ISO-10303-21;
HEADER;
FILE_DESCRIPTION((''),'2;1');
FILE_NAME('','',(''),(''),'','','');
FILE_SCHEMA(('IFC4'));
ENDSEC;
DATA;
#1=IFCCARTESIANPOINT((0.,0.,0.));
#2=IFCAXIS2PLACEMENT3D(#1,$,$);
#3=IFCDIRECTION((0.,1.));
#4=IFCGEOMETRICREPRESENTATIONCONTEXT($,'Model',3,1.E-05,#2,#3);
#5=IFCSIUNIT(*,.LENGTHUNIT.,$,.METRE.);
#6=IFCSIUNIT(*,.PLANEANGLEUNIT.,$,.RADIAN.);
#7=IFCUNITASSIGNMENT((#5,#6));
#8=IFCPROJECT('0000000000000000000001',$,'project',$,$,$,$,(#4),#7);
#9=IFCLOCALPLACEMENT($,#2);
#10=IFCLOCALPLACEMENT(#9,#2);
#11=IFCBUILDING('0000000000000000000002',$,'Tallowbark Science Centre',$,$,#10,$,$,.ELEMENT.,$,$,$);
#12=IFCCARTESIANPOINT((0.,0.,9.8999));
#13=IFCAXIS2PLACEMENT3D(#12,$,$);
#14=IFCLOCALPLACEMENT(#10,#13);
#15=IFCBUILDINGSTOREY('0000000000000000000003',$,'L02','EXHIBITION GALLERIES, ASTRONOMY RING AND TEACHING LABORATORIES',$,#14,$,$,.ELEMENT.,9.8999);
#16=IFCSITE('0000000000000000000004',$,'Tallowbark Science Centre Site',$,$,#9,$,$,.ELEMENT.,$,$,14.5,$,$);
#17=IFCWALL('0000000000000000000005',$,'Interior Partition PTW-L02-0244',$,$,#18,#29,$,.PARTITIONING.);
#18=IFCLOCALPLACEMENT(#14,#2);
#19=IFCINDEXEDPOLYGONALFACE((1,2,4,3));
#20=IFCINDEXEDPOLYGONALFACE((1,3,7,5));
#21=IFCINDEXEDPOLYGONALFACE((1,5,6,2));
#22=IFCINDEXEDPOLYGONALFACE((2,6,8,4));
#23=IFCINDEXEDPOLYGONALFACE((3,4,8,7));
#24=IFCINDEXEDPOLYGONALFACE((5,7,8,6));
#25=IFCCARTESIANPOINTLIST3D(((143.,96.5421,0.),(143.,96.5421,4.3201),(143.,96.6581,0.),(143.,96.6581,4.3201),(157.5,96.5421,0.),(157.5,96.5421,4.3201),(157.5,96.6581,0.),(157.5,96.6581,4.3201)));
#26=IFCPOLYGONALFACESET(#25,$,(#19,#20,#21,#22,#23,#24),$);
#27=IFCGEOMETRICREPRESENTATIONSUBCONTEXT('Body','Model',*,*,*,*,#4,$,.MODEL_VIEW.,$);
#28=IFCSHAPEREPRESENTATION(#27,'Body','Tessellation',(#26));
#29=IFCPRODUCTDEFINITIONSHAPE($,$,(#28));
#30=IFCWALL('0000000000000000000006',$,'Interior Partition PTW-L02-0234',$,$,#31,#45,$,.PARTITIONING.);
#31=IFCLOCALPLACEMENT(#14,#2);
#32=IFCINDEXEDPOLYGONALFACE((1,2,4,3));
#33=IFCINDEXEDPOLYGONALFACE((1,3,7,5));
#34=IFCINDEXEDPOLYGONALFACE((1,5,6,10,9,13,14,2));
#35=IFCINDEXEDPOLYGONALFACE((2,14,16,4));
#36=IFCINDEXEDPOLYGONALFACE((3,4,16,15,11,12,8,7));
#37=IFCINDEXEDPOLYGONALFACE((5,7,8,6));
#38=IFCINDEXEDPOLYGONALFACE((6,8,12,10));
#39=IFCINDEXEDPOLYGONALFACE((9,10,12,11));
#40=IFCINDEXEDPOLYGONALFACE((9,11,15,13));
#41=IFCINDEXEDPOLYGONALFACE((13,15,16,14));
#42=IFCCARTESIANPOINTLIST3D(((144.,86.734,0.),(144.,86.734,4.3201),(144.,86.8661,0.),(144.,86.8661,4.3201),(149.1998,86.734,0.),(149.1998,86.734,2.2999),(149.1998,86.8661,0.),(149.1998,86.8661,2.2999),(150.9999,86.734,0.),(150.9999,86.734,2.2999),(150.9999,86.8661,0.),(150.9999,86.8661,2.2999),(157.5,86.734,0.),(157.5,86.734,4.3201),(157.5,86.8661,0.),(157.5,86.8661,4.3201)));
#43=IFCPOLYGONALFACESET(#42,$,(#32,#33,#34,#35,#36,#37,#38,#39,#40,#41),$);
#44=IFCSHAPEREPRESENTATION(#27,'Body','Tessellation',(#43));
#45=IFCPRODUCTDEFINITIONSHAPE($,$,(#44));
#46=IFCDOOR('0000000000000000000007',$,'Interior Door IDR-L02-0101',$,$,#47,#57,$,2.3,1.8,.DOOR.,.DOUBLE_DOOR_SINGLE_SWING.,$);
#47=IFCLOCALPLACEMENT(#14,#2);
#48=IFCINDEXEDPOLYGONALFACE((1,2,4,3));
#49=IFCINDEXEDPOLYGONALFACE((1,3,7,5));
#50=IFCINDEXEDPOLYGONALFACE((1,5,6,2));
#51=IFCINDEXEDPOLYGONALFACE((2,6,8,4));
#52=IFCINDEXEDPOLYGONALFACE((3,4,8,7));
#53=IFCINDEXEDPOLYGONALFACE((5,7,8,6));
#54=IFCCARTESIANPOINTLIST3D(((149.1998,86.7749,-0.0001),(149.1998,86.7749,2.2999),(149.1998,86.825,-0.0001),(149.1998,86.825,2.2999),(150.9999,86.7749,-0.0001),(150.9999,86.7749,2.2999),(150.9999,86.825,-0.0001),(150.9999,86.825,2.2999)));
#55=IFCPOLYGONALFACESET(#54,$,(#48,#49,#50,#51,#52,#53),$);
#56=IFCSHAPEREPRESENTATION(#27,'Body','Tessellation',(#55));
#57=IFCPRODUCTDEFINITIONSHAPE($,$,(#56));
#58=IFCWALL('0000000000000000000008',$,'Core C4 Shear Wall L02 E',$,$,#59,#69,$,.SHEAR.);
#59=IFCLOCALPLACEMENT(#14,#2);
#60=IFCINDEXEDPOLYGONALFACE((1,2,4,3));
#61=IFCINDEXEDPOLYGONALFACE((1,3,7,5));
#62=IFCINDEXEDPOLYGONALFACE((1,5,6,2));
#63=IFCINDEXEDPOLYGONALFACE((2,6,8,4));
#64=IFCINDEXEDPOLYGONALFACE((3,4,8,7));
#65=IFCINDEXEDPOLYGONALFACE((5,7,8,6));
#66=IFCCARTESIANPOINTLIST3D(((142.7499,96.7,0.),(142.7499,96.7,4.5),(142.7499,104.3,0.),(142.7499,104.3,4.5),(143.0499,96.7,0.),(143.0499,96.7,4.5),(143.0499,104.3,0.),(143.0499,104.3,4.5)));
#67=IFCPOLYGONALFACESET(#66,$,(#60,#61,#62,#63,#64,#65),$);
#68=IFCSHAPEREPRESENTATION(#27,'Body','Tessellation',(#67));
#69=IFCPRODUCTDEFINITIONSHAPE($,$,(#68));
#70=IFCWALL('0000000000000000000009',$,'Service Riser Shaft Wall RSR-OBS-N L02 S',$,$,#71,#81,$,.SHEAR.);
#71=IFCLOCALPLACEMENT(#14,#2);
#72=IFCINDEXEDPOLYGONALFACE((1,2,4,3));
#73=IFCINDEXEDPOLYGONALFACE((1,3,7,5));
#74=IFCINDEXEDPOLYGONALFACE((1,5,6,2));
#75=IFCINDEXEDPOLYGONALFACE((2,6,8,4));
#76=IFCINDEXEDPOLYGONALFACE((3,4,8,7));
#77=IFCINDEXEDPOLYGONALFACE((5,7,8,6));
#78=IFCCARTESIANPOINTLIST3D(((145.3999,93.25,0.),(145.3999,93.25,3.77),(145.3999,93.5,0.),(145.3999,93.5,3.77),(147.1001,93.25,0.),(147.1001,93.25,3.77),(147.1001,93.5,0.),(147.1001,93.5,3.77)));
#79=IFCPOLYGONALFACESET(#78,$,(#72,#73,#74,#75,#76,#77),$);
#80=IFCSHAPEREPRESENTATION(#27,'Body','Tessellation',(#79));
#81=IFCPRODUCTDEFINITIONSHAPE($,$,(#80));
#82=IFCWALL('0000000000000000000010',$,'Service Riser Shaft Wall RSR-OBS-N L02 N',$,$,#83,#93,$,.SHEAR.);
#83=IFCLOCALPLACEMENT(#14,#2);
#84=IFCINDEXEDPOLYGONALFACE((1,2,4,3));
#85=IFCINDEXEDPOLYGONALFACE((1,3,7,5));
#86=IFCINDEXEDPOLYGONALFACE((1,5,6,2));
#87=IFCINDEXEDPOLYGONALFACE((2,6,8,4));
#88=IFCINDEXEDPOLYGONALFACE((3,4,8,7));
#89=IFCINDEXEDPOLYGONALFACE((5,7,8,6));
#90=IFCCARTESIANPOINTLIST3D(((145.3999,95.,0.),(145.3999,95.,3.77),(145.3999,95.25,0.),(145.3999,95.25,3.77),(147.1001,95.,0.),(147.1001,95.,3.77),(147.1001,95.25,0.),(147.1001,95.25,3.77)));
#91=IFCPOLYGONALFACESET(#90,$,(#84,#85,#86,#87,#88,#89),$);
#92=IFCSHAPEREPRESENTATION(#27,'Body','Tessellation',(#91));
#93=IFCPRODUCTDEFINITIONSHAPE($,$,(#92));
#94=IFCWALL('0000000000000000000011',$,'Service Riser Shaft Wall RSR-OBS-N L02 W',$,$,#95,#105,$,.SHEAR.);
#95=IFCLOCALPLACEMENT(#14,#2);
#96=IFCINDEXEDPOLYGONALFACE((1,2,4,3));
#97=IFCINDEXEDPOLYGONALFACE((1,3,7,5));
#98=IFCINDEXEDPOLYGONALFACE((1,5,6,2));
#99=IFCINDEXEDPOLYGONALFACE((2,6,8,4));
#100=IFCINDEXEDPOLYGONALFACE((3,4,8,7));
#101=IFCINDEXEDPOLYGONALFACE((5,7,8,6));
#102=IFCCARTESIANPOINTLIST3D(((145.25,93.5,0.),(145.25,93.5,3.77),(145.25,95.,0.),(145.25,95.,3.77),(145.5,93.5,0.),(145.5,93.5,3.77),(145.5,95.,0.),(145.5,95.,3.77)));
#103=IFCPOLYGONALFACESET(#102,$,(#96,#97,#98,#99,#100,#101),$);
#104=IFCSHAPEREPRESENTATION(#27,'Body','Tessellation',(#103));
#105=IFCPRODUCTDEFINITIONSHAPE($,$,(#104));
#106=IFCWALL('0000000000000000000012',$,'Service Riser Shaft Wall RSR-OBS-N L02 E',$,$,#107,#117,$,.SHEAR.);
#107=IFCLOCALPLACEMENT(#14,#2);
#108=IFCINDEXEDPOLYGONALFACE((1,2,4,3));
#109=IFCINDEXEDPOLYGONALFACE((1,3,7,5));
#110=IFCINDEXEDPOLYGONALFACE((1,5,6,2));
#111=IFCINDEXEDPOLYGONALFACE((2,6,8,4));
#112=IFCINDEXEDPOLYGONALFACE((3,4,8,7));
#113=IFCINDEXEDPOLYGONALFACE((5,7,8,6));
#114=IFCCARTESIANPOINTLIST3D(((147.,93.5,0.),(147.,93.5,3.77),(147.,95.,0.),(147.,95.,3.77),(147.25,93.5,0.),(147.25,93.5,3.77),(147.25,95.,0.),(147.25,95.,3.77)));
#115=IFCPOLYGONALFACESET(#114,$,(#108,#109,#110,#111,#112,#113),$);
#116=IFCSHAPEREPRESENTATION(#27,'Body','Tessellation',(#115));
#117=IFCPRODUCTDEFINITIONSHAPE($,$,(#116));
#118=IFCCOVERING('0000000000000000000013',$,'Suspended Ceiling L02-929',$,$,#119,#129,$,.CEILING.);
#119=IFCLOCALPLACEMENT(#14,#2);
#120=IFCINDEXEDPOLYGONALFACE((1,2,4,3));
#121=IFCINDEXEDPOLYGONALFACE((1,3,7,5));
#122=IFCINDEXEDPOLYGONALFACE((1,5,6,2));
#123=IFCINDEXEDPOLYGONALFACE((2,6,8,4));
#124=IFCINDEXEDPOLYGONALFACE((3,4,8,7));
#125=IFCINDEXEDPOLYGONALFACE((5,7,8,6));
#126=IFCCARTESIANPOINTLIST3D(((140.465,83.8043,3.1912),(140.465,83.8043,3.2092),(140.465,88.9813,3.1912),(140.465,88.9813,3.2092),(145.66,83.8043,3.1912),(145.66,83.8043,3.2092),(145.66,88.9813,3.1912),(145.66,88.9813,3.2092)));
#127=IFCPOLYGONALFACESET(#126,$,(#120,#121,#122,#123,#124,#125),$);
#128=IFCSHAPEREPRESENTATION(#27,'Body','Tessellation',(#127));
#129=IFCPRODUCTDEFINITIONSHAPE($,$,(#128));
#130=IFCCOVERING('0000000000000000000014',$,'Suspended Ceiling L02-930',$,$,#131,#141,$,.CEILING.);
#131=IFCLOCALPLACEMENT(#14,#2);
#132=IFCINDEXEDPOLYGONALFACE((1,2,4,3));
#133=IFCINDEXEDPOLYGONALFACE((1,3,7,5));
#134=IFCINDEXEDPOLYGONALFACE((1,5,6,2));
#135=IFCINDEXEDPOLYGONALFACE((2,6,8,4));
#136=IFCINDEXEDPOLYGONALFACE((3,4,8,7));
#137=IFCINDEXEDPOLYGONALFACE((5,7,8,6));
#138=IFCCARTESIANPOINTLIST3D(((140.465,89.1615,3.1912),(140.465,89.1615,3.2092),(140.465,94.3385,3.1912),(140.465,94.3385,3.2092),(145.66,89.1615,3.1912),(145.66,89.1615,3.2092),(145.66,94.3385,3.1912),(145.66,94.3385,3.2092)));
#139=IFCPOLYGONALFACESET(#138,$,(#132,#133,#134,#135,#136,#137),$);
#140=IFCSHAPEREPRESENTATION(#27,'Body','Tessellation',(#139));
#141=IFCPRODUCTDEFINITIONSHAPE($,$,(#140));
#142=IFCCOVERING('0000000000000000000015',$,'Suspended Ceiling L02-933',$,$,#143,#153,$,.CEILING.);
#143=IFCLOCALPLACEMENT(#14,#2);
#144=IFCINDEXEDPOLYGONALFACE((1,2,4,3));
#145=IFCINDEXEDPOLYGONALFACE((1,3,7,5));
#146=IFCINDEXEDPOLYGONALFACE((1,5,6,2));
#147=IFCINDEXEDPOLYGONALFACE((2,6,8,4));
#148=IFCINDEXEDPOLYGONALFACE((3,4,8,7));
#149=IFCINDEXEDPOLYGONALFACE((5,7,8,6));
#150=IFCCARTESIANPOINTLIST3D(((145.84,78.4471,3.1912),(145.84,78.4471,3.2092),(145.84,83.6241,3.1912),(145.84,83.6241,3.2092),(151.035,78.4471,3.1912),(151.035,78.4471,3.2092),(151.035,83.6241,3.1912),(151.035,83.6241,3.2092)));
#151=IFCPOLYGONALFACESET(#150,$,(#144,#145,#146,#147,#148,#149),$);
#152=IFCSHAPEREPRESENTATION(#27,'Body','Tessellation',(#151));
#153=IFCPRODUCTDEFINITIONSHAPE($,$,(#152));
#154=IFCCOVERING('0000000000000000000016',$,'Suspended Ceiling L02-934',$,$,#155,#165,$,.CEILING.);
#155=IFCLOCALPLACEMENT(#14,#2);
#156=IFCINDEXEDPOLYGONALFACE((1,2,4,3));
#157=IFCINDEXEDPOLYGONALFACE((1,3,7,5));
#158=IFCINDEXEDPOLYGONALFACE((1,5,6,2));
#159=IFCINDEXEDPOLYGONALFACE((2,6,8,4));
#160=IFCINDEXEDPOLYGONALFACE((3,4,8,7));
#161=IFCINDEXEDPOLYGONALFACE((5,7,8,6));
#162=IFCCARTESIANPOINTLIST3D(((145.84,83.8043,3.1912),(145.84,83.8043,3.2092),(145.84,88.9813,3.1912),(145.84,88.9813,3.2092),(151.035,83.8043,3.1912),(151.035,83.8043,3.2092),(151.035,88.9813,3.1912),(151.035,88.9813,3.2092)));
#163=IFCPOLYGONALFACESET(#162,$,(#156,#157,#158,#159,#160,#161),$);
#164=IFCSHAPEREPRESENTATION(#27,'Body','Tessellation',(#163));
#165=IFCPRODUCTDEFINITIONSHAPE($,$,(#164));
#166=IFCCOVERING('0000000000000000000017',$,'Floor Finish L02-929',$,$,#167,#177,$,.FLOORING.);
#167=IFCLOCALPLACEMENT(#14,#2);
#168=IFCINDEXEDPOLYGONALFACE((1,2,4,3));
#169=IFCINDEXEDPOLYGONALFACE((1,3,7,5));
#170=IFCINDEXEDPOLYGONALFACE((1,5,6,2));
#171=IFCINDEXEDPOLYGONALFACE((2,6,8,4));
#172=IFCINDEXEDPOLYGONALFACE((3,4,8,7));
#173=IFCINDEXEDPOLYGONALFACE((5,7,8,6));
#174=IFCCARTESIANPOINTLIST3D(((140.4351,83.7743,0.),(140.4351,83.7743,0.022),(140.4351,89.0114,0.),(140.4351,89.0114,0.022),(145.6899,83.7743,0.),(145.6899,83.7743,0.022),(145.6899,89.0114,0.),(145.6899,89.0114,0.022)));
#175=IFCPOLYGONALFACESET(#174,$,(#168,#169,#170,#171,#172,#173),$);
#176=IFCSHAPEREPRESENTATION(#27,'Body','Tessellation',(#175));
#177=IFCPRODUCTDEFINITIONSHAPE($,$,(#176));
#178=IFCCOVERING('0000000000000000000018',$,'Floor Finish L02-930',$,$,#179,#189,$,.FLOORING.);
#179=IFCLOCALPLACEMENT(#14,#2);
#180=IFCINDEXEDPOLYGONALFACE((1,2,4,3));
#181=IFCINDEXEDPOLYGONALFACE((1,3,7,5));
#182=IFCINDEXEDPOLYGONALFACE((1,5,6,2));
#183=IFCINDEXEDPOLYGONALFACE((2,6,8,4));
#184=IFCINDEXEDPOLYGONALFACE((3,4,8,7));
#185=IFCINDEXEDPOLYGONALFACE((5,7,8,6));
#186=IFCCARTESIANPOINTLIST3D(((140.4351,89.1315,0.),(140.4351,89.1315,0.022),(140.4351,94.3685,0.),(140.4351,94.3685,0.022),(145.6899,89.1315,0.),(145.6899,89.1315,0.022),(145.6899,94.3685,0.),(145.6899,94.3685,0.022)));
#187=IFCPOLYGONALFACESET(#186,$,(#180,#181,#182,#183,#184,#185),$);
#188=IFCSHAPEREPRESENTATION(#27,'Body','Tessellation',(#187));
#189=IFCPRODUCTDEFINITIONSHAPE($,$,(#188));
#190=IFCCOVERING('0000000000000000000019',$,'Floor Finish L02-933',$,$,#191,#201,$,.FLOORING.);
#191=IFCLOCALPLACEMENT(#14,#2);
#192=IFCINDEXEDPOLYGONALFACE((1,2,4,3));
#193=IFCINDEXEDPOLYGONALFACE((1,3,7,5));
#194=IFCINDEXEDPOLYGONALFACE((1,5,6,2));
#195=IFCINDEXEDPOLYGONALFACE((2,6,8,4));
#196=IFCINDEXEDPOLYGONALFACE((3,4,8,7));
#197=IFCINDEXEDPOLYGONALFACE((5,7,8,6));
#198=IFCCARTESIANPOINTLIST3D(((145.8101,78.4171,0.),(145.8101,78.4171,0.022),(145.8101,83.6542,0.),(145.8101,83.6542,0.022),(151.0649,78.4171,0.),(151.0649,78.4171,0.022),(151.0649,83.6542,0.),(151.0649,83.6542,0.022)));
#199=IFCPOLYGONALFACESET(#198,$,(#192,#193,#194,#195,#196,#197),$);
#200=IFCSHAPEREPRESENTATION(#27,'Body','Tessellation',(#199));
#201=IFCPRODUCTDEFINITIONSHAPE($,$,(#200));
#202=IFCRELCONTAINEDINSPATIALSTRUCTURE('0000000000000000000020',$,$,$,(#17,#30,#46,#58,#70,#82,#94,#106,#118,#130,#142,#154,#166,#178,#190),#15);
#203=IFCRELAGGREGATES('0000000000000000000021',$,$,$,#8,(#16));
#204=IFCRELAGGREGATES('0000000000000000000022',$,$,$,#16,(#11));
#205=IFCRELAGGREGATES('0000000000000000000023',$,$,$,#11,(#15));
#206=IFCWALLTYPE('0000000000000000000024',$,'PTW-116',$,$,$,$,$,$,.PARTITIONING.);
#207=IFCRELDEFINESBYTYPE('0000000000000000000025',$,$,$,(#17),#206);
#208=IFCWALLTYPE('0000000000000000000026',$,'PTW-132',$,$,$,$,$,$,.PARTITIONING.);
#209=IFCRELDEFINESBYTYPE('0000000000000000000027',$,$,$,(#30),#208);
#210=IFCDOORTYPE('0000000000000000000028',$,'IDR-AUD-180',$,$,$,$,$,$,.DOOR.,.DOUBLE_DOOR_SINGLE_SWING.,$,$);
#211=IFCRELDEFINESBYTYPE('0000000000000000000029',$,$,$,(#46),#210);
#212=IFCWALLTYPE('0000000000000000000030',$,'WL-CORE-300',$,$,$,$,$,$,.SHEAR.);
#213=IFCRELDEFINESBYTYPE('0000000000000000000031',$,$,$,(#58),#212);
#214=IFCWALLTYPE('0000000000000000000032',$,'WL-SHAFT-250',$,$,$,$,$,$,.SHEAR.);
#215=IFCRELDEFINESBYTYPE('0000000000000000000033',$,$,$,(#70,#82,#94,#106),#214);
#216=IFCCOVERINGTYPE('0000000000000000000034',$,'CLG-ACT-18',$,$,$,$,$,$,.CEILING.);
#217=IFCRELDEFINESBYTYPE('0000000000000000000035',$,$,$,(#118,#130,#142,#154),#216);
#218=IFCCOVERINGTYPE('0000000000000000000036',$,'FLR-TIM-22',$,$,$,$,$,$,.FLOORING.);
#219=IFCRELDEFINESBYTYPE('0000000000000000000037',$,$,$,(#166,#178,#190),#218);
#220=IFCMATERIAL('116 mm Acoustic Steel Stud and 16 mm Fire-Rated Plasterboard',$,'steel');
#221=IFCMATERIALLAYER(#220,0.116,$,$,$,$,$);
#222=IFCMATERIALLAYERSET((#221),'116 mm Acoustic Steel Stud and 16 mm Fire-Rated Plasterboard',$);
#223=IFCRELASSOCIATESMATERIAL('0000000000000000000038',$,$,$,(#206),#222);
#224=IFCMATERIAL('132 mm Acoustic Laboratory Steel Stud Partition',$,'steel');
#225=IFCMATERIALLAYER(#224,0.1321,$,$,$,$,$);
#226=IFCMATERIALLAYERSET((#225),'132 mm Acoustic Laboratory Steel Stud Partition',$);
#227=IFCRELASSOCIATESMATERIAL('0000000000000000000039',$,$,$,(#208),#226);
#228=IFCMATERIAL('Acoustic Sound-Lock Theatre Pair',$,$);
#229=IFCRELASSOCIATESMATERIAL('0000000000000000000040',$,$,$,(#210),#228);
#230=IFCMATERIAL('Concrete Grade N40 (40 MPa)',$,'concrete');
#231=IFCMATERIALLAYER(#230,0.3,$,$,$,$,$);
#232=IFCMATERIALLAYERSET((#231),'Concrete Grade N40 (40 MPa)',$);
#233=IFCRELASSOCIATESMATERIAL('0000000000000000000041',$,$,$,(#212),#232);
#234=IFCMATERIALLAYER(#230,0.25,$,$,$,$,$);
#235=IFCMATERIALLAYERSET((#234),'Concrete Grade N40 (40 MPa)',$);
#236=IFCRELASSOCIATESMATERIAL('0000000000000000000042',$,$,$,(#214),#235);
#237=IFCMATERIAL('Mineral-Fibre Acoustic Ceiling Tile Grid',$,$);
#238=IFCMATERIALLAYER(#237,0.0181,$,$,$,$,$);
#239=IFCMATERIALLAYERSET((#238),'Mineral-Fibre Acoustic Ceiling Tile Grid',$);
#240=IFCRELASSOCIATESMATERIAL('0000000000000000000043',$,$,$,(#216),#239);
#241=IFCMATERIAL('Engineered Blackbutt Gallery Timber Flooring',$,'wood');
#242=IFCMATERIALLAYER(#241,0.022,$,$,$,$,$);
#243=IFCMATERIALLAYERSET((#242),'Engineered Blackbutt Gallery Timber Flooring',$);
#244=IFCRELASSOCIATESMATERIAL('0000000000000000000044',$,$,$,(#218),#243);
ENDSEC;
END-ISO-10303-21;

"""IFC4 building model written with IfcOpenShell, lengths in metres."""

from ifc_helpers import new_model, si_unit, direction, frame, frame_2d, origin, origin_2d, place, context, subcontext, project, spatial, rectangle, extrude, material, layer, layer_set, type_object, element, fill, save


model = new_model("IFC4")

# Units and contexts
model_context = context("Model", 3, precision=1e-05, world=origin(), true_north=direction((0.0, 1.0)))
body_context = subcontext(model_context, "Body", "Model", "MODEL_VIEW")
ifc_project = project(units=[si_unit("LENGTHUNIT", "METRE"), si_unit("PLANEANGLEUNIT", "RADIAN")], contexts=[model_context])

# Site, building, storey
site_placement = place(None, origin())
site = spatial("IfcSite", under=ifc_project, at=site_placement, Name="Tallowbark Science Centre Site", CompositionType="ELEMENT", RefElevation=14.5)
building_placement = place(site_placement, origin())
building = spatial("IfcBuilding", under=site, at=building_placement, Name="Tallowbark Science Centre", CompositionType="ELEMENT")
storey_placement = place(building_placement, frame((0.0, 0.0, 9.8999)))
storey = spatial("IfcBuildingStorey", under=building, at=storey_placement, Name="L02", Description="EXHIBITION GALLERIES, ASTRONOMY RING AND TEACHING LABORATORIES", CompositionType="ELEMENT", Elevation=9.8999)

# Wall
ifc_material_1 = material(Name="116 mm Acoustic Steel Stud and 16 mm Fire-Rated Plasterboard", Category="steel")
ifc_layer_1 = layer(ifc_material_1, 0.116)
ifc_layer_set_1 = layer_set([ifc_layer_1], Name="116 mm Acoustic Steel Stud and 16 mm Fire-Rated Plasterboard")
wall_type_1 = type_object("IfcWallType", Name="PTW-116", PredefinedType="PARTITIONING", material=ifc_layer_set_1)
wall_1_placement = place(storey_placement, frame((143.0, 96.6001, 0.0), z_axis=(0.0, 0.0, 1.0), x_axis=(1.0, 0.0, 0.0)))
element("IfcWall", 1, at=wall_1_placement, inside=storey, type_object=wall_type_1, Name="Interior Partition PTW-L02-0244", PredefinedType="PARTITIONING", context=body_context, shape_type="SweptSolid", body=[
    extrude(rectangle(XDim=14.5, YDim=0.116, at=frame_2d((7.25, 0.0))), origin(), (0.0, 0.0, 1.0), 4.3201),
])

# Wall, opening, door
ifc_material_2 = material(Name="132 mm Acoustic Laboratory Steel Stud Partition", Category="steel")
ifc_layer_2 = layer(ifc_material_2, 0.1321)
ifc_layer_set_2 = layer_set([ifc_layer_2], Name="132 mm Acoustic Laboratory Steel Stud Partition")
wall_type_2 = type_object("IfcWallType", Name="PTW-132", PredefinedType="PARTITIONING", material=ifc_layer_set_2)
wall_2_placement = place(storey_placement, frame((144.0, 86.8, 0.0), z_axis=(0.0, 0.0, 1.0), x_axis=(1.0, 0.0, 0.0)))
wall_2 = element("IfcWall", 2, at=wall_2_placement, inside=storey, type_object=wall_type_2, Name="Interior Partition PTW-L02-0234", PredefinedType="PARTITIONING", context=body_context, shape_type="SweptSolid", body=[
    extrude(rectangle(XDim=13.5, YDim=0.1321, at=frame_2d((6.75, 0.0))), origin(), (0.0, 0.0, 1.0), 4.3201),
])
opening_placement = place(wall_2_placement, frame((5.2, 0.0, 0.0)))
opening = element("IfcOpeningElement", 3, at=opening_placement, cuts=wall_2, PredefinedType="OPENING", context=body_context, shape_type="SweptSolid", body=[
    extrude(rectangle(XDim=1.8, YDim=2.3, at=frame_2d((0.8999, 1.1499))), frame((0.0, 0.0762, 0.0), z_axis=(0.0, -1.0, 0.0), x_axis=(1.0, 0.0, 0.0)), (0.0, 0.0, 1.0), 0.1521),
])
ifc_material_3 = material(Name="Acoustic Sound-Lock Theatre Pair")
door_type = type_object("IfcDoorType", Name="IDR-AUD-180", OperationType="DOUBLE_DOOR_SINGLE_SWING", PredefinedType="DOOR", material=ifc_material_3)
door_placement = place(opening_placement, origin())
door = element("IfcDoor", 4, at=door_placement, inside=storey, type_object=door_type, Name="Interior Door IDR-L02-0101", OperationType="DOUBLE_DOOR_SINGLE_SWING", OverallHeight=2.3, OverallWidth=1.8, PredefinedType="DOOR", context=body_context, shape_type="SweptSolid", body=[
    extrude(rectangle(XDim=1.8, YDim=2.3, at=frame_2d((0.8999, 1.1499))), frame((0.0, 0.0249, 0.0), z_axis=(0.0, -1.0, 0.0), x_axis=(1.0, 0.0, 0.0)), (0.0, 0.0, 1.0), 0.05),
])
fill(opening, door)

# Walls
ifc_material_4 = material(Name="Concrete Grade N40 (40 MPa)", Category="concrete")
ifc_layer_3 = layer(ifc_material_4, 0.3)
ifc_layer_set_3 = layer_set([ifc_layer_3], Name="Concrete Grade N40 (40 MPa)")
wall_type_3 = type_object("IfcWallType", Name="WL-CORE-300", PredefinedType="SHEAR", material=ifc_layer_set_3)
wall_3_placement = place(storey_placement, frame((142.8999, 96.7, 0.0), z_axis=(0.0, 0.0, 1.0), x_axis=(0.0, 1.0, 0.0)))
element("IfcWall", 5, at=wall_3_placement, inside=storey, type_object=wall_type_3, Name="Core C4 Shear Wall L02 E", PredefinedType="SHEAR", context=body_context, shape_type="SweptSolid", body=[
    extrude(rectangle(XDim=7.6001, YDim=0.3, at=frame_2d((3.8, 0.0))), origin(), (0.0, 0.0, 1.0), 4.5),
])
ifc_layer_4 = layer(ifc_material_4, 0.25)
ifc_layer_set_4 = layer_set([ifc_layer_4], Name="Concrete Grade N40 (40 MPa)")
wall_type_4 = type_object("IfcWallType", Name="WL-SHAFT-250", PredefinedType="SHEAR", material=ifc_layer_set_4)
for number, where, z_axis, x_axis, name in (
    (6, (145.3999, 93.375, 0.0), (0.0, 0.0, 1.0), (1.0, 0.0, 0.0), "Service Riser Shaft Wall RSR-OBS-N L02 S"),
    (7, (145.3999, 95.125, 0.0), (0.0, 0.0, 1.0), (1.0, 0.0, 0.0), "Service Riser Shaft Wall RSR-OBS-N L02 N"),
):
    element("IfcWall", number, at=place(storey_placement, frame(where, z_axis=z_axis, x_axis=x_axis)), inside=storey, type_object=wall_type_4, Name=name, PredefinedType="SHEAR", context=body_context, shape_type="SweptSolid", body=[
        extrude(rectangle(XDim=1.7002, YDim=0.25, at=frame_2d((0.8501, 0.0))), origin(), (0.0, 0.0, 1.0), 3.77),
    ])
for number, where, z_axis, x_axis, name in (
    (8, (145.375, 93.5, 0.0), (0.0, 0.0, 1.0), (0.0, 1.0, 0.0), "Service Riser Shaft Wall RSR-OBS-N L02 W"),
    (9, (147.125, 93.5, 0.0), (0.0, 0.0, 1.0), (0.0, 1.0, 0.0), "Service Riser Shaft Wall RSR-OBS-N L02 E"),
):
    element("IfcWall", number, at=place(storey_placement, frame(where, z_axis=z_axis, x_axis=x_axis)), inside=storey, type_object=wall_type_4, Name=name, PredefinedType="SHEAR", context=body_context, shape_type="SweptSolid", body=[
        extrude(rectangle(XDim=1.5, YDim=0.25, at=frame_2d((0.75, 0.0))), origin(), (0.0, 0.0, 1.0), 3.77),
    ])

# Coverings
ifc_material_5 = material(Name="Mineral-Fibre Acoustic Ceiling Tile Grid")
ifc_layer_5 = layer(ifc_material_5, 0.0181)
ifc_layer_set_5 = layer_set([ifc_layer_5], Name="Mineral-Fibre Acoustic Ceiling Tile Grid")
covering_type_1 = type_object("IfcCoveringType", Name="CLG-ACT-18", PredefinedType="CEILING", material=ifc_layer_set_5)
for number, where, z_axis, x_axis, name in (
    (10, (143.0625, 86.3928, 3.1912), (0.0, 0.0, 1.0), (1.0, 0.0, 0.0), "Suspended Ceiling L02-929"),
    (11, (143.0625, 91.75, 3.1912), (0.0, 0.0, 1.0), (1.0, 0.0, 0.0), "Suspended Ceiling L02-930"),
    (12, (148.4375, 81.0356, 3.1912), (0.0, 0.0, 1.0), (1.0, 0.0, 0.0), "Suspended Ceiling L02-933"),
    (13, (148.4375, 86.3928, 3.1912), (0.0, 0.0, 1.0), (1.0, 0.0, 0.0), "Suspended Ceiling L02-934"),
):
    element("IfcCovering", number, at=place(storey_placement, frame(where, z_axis=z_axis, x_axis=x_axis)), inside=storey, type_object=covering_type_1, Name=name, PredefinedType="CEILING", context=body_context, shape_type="SweptSolid", body=[
        extrude(rectangle(XDim=5.1951, YDim=5.177, at=origin_2d()), origin(), (0.0, 0.0, 1.0), 0.0181),
    ])
ifc_material_6 = material(Name="Engineered Blackbutt Gallery Timber Flooring", Category="wood")
ifc_layer_6 = layer(ifc_material_6, 0.022)
ifc_layer_set_6 = layer_set([ifc_layer_6], Name="Engineered Blackbutt Gallery Timber Flooring")
covering_type_2 = type_object("IfcCoveringType", Name="FLR-TIM-22", PredefinedType="FLOORING", material=ifc_layer_set_6)
for number, where, z_axis, x_axis, name in (
    (14, (143.0625, 86.3928, 0.0), (0.0, 0.0, 1.0), (1.0, 0.0, 0.0), "Floor Finish L02-929"),
    (15, (143.0625, 91.75, 0.0), (0.0, 0.0, 1.0), (1.0, 0.0, 0.0), "Floor Finish L02-930"),
    (16, (148.4375, 81.0356, 0.0), (0.0, 0.0, 1.0), (1.0, 0.0, 0.0), "Floor Finish L02-933"),
):
    element("IfcCovering", number, at=place(storey_placement, frame(where, z_axis=z_axis, x_axis=x_axis)), inside=storey, type_object=covering_type_2, Name=name, PredefinedType="FLOORING", context=body_context, shape_type="SweptSolid", body=[
        extrude(rectangle(XDim=5.2549, YDim=5.2371, at=origin_2d()), origin(), (0.0, 0.0, 1.0), 0.022),
    ])

save(model, "model.ifc")
